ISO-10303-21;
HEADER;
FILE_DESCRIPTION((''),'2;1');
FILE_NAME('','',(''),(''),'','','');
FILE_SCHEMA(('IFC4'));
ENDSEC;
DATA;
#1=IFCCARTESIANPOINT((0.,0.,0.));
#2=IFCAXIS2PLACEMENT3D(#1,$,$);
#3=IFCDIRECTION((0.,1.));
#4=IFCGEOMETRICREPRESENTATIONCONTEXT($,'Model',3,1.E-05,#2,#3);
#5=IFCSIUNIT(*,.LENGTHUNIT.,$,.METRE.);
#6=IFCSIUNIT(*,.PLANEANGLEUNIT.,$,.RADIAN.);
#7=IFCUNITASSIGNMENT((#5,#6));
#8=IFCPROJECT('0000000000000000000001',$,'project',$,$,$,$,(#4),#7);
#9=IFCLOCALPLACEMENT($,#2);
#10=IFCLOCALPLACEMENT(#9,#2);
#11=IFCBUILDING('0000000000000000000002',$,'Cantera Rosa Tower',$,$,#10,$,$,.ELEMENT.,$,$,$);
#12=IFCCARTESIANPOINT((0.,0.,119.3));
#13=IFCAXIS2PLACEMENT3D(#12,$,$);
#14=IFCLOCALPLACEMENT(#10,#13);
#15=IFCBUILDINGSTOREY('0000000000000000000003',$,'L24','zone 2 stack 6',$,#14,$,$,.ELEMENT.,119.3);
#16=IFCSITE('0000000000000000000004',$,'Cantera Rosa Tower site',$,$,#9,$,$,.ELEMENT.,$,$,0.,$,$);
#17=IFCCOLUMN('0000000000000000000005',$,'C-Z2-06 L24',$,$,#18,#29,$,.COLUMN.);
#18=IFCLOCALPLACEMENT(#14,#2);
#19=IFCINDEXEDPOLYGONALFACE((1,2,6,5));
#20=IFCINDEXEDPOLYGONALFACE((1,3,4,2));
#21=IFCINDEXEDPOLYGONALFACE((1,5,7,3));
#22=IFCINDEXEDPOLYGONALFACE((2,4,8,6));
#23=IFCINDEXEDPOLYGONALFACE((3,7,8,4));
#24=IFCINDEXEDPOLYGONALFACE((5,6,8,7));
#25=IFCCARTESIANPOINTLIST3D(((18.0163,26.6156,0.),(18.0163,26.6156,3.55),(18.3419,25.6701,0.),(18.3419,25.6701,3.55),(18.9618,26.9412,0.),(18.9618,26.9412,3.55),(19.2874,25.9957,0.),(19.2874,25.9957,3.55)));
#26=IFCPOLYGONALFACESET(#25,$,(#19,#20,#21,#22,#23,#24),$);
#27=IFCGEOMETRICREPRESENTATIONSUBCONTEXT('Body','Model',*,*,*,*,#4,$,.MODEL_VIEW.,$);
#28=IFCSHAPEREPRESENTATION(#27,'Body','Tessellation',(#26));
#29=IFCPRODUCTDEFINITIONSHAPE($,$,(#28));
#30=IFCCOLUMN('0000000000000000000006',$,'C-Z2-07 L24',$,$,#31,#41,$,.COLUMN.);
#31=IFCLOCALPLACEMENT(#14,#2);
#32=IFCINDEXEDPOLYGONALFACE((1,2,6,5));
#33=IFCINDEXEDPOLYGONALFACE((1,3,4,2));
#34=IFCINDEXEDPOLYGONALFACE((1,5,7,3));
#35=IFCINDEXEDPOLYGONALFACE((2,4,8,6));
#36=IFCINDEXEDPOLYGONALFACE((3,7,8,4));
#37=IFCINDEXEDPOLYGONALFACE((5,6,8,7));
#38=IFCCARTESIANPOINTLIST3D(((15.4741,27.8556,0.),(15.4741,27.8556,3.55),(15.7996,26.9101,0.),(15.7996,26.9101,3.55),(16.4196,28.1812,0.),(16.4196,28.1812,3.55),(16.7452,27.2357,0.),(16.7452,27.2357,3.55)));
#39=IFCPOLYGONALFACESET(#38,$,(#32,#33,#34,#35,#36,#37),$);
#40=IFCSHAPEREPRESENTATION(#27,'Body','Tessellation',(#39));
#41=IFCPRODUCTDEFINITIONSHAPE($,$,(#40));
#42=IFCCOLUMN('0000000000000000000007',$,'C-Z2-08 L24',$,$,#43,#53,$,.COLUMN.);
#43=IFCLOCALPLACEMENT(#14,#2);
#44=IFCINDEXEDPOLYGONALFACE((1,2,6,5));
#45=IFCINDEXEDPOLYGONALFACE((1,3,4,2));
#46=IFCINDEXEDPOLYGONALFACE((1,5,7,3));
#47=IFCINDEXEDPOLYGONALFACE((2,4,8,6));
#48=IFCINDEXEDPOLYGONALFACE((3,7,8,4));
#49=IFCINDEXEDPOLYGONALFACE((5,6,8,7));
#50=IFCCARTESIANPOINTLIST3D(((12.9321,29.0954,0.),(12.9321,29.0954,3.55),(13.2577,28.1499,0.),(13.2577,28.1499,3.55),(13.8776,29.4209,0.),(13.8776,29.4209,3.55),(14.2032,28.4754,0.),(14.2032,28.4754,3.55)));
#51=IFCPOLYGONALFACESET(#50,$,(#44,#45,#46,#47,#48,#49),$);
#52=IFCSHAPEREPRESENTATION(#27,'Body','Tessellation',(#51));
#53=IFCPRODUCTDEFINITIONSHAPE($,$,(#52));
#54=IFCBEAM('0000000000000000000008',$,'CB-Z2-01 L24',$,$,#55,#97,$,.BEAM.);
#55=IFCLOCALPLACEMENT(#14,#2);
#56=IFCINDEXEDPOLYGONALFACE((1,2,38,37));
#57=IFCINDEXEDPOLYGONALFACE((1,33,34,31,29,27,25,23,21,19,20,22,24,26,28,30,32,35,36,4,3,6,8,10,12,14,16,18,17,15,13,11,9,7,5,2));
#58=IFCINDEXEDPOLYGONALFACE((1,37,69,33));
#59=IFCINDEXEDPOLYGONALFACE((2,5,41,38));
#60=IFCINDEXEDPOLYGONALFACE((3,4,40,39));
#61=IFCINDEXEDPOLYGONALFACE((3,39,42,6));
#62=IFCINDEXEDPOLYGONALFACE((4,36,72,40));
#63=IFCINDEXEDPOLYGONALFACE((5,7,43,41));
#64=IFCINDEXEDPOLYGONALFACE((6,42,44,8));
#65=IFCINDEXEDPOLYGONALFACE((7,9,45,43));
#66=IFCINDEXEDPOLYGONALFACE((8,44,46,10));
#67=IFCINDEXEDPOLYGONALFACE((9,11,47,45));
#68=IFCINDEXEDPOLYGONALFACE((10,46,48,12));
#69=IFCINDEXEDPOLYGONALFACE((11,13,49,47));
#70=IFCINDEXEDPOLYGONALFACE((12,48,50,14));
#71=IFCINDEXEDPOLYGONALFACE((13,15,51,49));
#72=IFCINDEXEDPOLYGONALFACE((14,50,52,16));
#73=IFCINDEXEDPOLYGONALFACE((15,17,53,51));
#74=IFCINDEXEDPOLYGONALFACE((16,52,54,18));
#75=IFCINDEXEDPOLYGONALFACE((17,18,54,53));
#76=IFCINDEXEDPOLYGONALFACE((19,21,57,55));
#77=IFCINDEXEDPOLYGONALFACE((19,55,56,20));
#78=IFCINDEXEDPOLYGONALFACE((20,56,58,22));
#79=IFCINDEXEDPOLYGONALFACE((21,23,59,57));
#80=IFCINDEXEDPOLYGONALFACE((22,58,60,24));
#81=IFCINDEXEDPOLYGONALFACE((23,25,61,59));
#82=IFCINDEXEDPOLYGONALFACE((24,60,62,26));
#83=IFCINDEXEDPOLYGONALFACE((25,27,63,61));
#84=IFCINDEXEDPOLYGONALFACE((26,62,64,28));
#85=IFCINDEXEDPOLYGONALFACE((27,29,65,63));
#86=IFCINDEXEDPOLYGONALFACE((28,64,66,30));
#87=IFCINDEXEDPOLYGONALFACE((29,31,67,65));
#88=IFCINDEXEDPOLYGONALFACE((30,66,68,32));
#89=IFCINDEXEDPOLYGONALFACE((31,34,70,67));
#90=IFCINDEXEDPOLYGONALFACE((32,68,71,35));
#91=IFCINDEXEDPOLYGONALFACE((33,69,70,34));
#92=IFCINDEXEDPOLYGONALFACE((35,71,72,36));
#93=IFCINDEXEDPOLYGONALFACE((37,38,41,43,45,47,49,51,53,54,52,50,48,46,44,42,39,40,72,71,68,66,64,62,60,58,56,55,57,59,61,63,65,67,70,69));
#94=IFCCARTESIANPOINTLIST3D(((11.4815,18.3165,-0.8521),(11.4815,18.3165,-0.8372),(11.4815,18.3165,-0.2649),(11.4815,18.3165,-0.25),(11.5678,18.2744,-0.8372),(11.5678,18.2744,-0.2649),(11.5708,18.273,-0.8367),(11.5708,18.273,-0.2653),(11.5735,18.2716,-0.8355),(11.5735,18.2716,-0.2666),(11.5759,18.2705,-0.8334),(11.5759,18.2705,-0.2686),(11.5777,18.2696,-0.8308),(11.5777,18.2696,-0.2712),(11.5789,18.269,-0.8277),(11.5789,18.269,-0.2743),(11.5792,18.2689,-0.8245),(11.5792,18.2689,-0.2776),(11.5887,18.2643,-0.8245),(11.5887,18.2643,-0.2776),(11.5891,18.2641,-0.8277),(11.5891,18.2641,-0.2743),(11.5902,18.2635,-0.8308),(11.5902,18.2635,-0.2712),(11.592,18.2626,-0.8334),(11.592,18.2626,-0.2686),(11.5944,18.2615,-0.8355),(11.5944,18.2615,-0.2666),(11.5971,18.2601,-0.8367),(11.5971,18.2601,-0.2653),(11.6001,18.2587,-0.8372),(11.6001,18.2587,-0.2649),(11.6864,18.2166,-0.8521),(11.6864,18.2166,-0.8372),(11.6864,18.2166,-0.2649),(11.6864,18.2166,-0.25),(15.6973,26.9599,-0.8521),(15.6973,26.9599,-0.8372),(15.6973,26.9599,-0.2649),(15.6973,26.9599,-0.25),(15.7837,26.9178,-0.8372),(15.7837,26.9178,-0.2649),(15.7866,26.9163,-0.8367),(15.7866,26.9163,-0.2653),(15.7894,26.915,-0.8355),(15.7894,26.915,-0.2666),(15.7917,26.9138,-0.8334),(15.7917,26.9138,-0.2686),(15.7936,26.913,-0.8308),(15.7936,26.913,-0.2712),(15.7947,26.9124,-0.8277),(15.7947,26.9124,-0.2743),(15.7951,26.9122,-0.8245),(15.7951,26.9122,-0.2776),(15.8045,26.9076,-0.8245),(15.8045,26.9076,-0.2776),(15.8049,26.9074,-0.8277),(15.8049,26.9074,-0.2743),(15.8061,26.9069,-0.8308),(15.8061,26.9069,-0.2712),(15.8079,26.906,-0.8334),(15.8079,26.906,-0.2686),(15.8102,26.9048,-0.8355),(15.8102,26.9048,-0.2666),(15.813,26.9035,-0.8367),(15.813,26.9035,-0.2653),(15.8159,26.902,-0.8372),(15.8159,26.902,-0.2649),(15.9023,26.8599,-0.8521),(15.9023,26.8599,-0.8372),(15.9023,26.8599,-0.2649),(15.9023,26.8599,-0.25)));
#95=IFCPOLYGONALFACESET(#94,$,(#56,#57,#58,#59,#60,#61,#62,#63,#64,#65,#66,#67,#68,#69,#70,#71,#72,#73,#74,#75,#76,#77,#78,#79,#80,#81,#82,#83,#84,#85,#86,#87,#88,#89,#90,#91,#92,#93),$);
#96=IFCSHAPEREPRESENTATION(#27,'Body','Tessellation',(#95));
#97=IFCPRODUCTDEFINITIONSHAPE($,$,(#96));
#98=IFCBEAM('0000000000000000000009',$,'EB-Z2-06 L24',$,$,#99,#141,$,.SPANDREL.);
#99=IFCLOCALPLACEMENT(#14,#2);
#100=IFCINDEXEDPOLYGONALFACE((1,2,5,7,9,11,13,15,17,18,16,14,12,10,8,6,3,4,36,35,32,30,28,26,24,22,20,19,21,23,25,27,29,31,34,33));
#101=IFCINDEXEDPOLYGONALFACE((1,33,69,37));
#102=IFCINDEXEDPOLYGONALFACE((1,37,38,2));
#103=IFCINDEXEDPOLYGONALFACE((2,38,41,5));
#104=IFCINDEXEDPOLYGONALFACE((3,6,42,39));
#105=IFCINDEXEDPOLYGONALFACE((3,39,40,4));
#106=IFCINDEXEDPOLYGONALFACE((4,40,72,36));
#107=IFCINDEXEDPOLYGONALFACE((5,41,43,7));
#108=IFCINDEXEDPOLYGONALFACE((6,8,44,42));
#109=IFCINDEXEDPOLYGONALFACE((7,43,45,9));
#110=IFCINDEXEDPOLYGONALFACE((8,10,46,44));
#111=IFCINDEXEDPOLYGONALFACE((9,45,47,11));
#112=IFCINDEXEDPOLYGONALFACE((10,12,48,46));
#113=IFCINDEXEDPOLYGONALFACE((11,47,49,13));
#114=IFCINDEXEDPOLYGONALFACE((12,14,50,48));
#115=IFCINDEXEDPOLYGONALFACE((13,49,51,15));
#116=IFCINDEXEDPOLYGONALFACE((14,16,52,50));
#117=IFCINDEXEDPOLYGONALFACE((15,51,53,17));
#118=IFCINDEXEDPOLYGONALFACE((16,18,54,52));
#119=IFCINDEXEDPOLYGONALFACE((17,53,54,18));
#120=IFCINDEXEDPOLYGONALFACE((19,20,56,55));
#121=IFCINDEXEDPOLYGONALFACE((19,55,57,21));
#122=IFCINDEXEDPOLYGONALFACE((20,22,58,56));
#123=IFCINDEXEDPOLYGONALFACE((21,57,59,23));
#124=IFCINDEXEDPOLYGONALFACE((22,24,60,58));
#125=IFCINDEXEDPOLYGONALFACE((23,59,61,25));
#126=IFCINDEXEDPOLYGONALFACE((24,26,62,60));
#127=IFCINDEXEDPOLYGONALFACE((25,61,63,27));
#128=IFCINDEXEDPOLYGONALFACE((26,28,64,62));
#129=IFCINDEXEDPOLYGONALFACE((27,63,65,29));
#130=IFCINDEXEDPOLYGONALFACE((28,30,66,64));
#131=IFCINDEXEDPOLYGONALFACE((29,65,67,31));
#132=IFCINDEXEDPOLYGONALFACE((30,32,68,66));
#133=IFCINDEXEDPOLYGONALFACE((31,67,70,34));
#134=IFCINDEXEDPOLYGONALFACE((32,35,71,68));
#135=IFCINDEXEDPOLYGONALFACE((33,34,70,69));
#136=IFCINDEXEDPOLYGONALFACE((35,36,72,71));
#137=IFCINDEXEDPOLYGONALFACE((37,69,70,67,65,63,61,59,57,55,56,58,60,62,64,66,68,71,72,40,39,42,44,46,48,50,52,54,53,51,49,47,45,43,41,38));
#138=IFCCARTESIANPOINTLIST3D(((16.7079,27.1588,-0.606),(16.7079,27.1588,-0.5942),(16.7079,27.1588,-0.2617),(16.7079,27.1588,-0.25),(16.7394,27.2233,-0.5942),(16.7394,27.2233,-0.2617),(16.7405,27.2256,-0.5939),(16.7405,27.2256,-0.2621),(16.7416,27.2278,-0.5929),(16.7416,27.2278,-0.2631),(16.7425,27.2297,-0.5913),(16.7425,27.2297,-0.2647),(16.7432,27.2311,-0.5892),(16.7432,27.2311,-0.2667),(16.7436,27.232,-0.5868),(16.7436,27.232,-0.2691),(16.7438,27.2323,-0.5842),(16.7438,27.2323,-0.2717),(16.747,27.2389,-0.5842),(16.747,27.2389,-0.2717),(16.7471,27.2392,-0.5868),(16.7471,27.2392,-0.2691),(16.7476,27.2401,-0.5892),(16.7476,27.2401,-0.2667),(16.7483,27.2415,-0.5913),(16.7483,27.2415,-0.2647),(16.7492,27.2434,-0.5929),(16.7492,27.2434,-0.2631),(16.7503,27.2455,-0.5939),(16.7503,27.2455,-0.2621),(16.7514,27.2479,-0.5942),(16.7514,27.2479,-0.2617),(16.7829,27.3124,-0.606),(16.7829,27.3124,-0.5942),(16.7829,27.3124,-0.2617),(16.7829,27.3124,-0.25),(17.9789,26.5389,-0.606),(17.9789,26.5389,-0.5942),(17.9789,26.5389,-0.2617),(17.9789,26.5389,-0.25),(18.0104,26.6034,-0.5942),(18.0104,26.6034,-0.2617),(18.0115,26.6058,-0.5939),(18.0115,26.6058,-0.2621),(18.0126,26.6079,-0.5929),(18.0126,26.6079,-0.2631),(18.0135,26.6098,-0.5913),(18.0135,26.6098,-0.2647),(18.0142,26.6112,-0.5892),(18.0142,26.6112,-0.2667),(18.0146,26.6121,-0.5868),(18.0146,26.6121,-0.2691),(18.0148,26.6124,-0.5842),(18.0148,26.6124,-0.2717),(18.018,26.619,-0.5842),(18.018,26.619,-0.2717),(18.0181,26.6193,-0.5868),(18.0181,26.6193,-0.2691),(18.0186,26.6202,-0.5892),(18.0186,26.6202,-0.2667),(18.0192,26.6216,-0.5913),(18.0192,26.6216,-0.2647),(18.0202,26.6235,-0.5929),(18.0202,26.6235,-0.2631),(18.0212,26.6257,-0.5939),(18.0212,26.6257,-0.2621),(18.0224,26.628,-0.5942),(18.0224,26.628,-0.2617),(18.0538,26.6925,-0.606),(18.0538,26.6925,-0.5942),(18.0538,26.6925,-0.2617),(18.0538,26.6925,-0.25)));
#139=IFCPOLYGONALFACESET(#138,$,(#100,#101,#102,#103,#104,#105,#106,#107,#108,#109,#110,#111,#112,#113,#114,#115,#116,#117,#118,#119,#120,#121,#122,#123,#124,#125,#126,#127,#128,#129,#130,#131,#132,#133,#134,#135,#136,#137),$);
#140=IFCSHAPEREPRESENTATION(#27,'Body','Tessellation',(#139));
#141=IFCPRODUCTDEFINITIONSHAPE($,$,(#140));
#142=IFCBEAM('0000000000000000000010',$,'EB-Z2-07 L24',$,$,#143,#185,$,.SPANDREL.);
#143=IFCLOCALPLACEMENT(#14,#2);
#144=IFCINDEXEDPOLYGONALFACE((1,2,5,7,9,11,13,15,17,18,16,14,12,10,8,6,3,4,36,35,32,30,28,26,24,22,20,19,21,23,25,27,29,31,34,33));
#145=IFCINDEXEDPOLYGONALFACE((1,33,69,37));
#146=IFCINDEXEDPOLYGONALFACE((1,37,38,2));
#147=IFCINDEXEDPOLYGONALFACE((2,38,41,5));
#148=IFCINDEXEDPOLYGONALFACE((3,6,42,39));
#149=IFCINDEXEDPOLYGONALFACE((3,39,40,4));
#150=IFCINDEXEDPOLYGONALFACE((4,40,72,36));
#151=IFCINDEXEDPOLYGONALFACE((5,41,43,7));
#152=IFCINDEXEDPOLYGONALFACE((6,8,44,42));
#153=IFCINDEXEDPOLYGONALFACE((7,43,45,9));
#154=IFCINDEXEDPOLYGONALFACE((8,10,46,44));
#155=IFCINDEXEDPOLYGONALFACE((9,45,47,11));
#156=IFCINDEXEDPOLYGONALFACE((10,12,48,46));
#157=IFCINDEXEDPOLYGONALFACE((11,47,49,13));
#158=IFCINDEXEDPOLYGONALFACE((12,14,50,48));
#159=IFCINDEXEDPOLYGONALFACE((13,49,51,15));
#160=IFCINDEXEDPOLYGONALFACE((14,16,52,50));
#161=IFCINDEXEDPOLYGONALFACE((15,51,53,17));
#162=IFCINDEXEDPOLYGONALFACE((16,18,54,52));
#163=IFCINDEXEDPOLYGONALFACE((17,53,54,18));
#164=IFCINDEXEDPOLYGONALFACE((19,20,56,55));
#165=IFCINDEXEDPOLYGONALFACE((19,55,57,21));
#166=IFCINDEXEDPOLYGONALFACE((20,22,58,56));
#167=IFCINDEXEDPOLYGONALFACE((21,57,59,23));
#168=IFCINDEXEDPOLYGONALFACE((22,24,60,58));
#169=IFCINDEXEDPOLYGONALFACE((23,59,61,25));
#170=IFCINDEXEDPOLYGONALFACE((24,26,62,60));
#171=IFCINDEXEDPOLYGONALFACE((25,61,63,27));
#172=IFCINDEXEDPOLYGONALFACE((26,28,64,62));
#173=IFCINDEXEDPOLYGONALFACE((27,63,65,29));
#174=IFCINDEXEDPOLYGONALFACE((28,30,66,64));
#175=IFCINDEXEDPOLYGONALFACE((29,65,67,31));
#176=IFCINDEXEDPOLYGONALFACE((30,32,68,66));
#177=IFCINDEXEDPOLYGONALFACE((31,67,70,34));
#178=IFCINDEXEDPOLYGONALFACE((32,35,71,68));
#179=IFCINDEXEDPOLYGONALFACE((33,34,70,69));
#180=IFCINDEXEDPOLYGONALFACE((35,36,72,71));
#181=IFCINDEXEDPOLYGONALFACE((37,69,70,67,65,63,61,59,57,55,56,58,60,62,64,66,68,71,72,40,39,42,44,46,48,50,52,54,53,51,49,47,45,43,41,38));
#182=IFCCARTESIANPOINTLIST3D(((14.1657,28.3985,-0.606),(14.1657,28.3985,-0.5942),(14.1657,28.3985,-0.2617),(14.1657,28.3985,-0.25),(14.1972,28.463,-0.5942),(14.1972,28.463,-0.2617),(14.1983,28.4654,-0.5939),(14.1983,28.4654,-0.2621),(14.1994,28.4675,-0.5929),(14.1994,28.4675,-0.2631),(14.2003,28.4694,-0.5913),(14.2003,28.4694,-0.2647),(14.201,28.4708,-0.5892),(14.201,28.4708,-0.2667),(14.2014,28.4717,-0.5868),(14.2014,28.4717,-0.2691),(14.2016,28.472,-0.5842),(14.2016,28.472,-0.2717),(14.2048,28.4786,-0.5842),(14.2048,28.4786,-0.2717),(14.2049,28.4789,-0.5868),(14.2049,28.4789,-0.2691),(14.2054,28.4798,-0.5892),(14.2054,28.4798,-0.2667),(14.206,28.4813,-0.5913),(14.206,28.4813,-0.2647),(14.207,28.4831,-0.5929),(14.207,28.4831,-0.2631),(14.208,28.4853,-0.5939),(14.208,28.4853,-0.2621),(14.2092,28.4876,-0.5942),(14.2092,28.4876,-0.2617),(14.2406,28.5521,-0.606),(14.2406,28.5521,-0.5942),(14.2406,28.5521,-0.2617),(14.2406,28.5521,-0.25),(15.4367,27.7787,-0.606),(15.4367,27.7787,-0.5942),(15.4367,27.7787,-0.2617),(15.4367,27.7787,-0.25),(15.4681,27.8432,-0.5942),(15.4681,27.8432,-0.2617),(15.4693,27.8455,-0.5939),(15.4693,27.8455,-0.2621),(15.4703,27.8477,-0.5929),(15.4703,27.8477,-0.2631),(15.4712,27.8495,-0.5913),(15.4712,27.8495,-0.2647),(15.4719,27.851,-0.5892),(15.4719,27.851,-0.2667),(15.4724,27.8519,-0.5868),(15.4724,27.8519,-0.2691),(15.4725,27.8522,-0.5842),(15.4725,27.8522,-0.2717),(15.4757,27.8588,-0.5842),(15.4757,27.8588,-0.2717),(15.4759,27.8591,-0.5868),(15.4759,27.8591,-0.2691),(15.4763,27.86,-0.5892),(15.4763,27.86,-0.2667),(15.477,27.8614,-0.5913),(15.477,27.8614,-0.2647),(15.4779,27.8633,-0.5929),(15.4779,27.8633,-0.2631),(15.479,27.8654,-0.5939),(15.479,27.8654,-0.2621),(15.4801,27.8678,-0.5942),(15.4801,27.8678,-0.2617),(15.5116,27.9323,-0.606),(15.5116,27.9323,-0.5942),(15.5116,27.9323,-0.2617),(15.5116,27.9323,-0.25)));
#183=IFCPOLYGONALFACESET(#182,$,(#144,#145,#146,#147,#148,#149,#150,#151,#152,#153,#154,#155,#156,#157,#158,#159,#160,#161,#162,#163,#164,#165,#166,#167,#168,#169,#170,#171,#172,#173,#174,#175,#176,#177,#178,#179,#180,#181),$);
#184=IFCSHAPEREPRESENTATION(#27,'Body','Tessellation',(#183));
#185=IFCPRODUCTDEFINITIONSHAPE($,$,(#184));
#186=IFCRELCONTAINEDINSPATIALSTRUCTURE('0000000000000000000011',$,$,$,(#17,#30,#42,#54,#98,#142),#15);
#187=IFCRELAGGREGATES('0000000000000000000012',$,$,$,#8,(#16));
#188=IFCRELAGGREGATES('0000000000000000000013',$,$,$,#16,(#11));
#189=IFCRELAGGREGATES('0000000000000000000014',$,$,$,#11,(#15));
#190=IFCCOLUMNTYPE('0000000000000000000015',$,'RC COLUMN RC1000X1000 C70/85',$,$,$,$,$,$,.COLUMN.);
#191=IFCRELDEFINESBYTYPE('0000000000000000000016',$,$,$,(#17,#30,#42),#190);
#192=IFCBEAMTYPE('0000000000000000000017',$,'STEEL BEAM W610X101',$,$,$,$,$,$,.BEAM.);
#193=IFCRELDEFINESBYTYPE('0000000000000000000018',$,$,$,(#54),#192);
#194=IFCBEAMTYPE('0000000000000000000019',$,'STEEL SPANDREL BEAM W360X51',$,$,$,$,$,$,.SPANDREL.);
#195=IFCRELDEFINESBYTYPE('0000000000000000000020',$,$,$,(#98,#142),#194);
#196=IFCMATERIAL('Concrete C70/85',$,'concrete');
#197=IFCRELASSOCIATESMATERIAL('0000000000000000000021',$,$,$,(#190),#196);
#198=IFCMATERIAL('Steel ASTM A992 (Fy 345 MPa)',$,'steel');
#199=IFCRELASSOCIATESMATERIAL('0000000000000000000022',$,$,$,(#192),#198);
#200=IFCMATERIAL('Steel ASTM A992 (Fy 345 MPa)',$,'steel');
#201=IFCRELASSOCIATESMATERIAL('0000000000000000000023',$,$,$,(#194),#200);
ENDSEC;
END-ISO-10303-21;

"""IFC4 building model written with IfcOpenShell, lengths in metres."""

from ifc_helpers import new_model, si_unit, direction, frame, origin, origin_2d, place, context, subcontext, project, spatial, rectangle, i_section, extrude, material, material_profile, profile_set, type_object, element, save


model = new_model("IFC4")

# Units and contexts
model_context = context("Model", 3, precision=1e-05, world=origin(), true_north=direction((0.0, 1.0)))
body_context = subcontext(model_context, "Body", "Model", "MODEL_VIEW")
ifc_project = project(units=[si_unit("LENGTHUNIT", "METRE"), si_unit("PLANEANGLEUNIT", "RADIAN")], contexts=[model_context])

# Site, building, storey
site_placement = place(None, origin())
site = spatial("IfcSite", under=ifc_project, at=site_placement, Name="Cantera Rosa Tower site", CompositionType="ELEMENT", RefElevation=0.0)
building_placement = place(site_placement, origin())
building = spatial("IfcBuilding", under=site, at=building_placement, Name="Cantera Rosa Tower", CompositionType="ELEMENT")
storey_placement = place(building_placement, frame((0.0, 0.0, 119.3)))
storey = spatial("IfcBuildingStorey", under=building, at=storey_placement, Name="L24", Description="zone 2 stack 6", CompositionType="ELEMENT", Elevation=119.3)

# Columns
ifc_material_1 = material(Name="Concrete C70/85", Category="concrete")
ifc_material_profile_1 = material_profile(ifc_material_1, rectangle(XDim=1.0, YDim=1.0, at=origin_2d()), Name="RC COLUMN RC1000X1000 C70/85")
ifc_profile_set_1 = profile_set([ifc_material_profile_1], Name="Concrete C70/85")
column_type = type_object("IfcColumnType", Name="RC COLUMN RC1000X1000 C70/85", PredefinedType="COLUMN", material=ifc_profile_set_1)
for number, where, z_axis, x_axis, name in (
    (1, (18.6519, 26.3057, 0.0), (0.0, 0.0, 1.0), (0.945519, 0.325568, 0.0), "C-Z2-06 L24"),
    (2, (16.1096, 27.5457, 0.0), (0.0, 0.0, 1.0), (0.945519, 0.325568, 0.0), "C-Z2-07 L24"),
    (3, (13.5676, 28.7854, 0.0), (0.0, 0.0, 1.0), (0.945519, 0.325568, 0.0), "C-Z2-08 L24"),
):
    element("IfcColumn", number, at=place(storey_placement, frame(where, z_axis=z_axis, x_axis=x_axis)), inside=storey, type_object=column_type, Name=name, PredefinedType="COLUMN", context=body_context, shape_type="SweptSolid", body=[
        extrude(rectangle(XDim=1.0, YDim=1.0, at=origin_2d()), origin(), (0.0, 0.0, 1.0), 3.55),
    ])

# Beams
ifc_material_2 = material(Name="Steel ASTM A992 (Fy 345 MPa)", Category="steel")
ifc_material_profile_2 = material_profile(ifc_material_2, i_section(OverallWidth=0.228, OverallDepth=0.6021, WebThickness=0.0105, FlangeThickness=0.0149, FilletRadius=0.0127, at=origin_2d()), Name="W610X101")
ifc_profile_set_2 = profile_set([ifc_material_profile_2], Name="Steel ASTM A992 (Fy 345 MPa)")
beam_type_1 = type_object("IfcBeamType", Name="STEEL BEAM W610X101", PredefinedType="BEAM", material=ifc_profile_set_2)
beam_1_placement = place(storey_placement, frame((15.7998, 26.9099, -0.551), z_axis=(-0.438388, -0.898786, 0.0), x_axis=(0.898786, -0.438388, 0.0)))
element("IfcBeam", 4, at=beam_1_placement, inside=storey, type_object=beam_type_1, Name="CB-Z2-01 L24", PredefinedType="BEAM", context=body_context, shape_type="SweptSolid", body=[
    extrude(i_section(OverallWidth=0.228, OverallDepth=0.6021, WebThickness=0.0105, FlangeThickness=0.0149, FilletRadius=0.0127, at=origin_2d()), origin(), (0.0, 0.0, 1.0), 9.6167),
])
ifc_material_3 = material(Name="Steel ASTM A992 (Fy 345 MPa)", Category="steel")
ifc_material_profile_3 = material_profile(ifc_material_3, i_section(OverallWidth=0.1709, OverallDepth=0.356, WebThickness=0.0073, FlangeThickness=0.0117, FilletRadius=0.01, at=origin_2d()), Name="W360X51")
ifc_profile_set_3 = profile_set([ifc_material_profile_3], Name="Steel ASTM A992 (Fy 345 MPa)")
beam_type_2 = type_object("IfcBeamType", Name="STEEL SPANDREL BEAM W360X51", PredefinedType="SPANDREL", material=ifc_profile_set_3)
for number, where, z_axis, x_axis, name in (
    (5, (18.0164, 26.6157, -0.428), (-0.898803, 0.438352, 0.0), (-0.438352, -0.898803, 0.0), "EB-Z2-06 L24"),
    (6, (15.4741, 27.8555, -0.428), (-0.898803, 0.438352, 0.0), (-0.438352, -0.898803, 0.0), "EB-Z2-07 L24"),
):
    element("IfcBeam", number, at=place(storey_placement, frame(where, z_axis=z_axis, x_axis=x_axis)), inside=storey, type_object=beam_type_2, Name=name, PredefinedType="SPANDREL", context=body_context, shape_type="SweptSolid", body=[
        extrude(i_section(OverallWidth=0.1709, OverallDepth=0.356, WebThickness=0.0073, FlangeThickness=0.0117, FilletRadius=0.01, at=origin_2d()), origin(), (0.0, 0.0, 1.0), 1.4141),
    ])

save(model, "model.ifc")
